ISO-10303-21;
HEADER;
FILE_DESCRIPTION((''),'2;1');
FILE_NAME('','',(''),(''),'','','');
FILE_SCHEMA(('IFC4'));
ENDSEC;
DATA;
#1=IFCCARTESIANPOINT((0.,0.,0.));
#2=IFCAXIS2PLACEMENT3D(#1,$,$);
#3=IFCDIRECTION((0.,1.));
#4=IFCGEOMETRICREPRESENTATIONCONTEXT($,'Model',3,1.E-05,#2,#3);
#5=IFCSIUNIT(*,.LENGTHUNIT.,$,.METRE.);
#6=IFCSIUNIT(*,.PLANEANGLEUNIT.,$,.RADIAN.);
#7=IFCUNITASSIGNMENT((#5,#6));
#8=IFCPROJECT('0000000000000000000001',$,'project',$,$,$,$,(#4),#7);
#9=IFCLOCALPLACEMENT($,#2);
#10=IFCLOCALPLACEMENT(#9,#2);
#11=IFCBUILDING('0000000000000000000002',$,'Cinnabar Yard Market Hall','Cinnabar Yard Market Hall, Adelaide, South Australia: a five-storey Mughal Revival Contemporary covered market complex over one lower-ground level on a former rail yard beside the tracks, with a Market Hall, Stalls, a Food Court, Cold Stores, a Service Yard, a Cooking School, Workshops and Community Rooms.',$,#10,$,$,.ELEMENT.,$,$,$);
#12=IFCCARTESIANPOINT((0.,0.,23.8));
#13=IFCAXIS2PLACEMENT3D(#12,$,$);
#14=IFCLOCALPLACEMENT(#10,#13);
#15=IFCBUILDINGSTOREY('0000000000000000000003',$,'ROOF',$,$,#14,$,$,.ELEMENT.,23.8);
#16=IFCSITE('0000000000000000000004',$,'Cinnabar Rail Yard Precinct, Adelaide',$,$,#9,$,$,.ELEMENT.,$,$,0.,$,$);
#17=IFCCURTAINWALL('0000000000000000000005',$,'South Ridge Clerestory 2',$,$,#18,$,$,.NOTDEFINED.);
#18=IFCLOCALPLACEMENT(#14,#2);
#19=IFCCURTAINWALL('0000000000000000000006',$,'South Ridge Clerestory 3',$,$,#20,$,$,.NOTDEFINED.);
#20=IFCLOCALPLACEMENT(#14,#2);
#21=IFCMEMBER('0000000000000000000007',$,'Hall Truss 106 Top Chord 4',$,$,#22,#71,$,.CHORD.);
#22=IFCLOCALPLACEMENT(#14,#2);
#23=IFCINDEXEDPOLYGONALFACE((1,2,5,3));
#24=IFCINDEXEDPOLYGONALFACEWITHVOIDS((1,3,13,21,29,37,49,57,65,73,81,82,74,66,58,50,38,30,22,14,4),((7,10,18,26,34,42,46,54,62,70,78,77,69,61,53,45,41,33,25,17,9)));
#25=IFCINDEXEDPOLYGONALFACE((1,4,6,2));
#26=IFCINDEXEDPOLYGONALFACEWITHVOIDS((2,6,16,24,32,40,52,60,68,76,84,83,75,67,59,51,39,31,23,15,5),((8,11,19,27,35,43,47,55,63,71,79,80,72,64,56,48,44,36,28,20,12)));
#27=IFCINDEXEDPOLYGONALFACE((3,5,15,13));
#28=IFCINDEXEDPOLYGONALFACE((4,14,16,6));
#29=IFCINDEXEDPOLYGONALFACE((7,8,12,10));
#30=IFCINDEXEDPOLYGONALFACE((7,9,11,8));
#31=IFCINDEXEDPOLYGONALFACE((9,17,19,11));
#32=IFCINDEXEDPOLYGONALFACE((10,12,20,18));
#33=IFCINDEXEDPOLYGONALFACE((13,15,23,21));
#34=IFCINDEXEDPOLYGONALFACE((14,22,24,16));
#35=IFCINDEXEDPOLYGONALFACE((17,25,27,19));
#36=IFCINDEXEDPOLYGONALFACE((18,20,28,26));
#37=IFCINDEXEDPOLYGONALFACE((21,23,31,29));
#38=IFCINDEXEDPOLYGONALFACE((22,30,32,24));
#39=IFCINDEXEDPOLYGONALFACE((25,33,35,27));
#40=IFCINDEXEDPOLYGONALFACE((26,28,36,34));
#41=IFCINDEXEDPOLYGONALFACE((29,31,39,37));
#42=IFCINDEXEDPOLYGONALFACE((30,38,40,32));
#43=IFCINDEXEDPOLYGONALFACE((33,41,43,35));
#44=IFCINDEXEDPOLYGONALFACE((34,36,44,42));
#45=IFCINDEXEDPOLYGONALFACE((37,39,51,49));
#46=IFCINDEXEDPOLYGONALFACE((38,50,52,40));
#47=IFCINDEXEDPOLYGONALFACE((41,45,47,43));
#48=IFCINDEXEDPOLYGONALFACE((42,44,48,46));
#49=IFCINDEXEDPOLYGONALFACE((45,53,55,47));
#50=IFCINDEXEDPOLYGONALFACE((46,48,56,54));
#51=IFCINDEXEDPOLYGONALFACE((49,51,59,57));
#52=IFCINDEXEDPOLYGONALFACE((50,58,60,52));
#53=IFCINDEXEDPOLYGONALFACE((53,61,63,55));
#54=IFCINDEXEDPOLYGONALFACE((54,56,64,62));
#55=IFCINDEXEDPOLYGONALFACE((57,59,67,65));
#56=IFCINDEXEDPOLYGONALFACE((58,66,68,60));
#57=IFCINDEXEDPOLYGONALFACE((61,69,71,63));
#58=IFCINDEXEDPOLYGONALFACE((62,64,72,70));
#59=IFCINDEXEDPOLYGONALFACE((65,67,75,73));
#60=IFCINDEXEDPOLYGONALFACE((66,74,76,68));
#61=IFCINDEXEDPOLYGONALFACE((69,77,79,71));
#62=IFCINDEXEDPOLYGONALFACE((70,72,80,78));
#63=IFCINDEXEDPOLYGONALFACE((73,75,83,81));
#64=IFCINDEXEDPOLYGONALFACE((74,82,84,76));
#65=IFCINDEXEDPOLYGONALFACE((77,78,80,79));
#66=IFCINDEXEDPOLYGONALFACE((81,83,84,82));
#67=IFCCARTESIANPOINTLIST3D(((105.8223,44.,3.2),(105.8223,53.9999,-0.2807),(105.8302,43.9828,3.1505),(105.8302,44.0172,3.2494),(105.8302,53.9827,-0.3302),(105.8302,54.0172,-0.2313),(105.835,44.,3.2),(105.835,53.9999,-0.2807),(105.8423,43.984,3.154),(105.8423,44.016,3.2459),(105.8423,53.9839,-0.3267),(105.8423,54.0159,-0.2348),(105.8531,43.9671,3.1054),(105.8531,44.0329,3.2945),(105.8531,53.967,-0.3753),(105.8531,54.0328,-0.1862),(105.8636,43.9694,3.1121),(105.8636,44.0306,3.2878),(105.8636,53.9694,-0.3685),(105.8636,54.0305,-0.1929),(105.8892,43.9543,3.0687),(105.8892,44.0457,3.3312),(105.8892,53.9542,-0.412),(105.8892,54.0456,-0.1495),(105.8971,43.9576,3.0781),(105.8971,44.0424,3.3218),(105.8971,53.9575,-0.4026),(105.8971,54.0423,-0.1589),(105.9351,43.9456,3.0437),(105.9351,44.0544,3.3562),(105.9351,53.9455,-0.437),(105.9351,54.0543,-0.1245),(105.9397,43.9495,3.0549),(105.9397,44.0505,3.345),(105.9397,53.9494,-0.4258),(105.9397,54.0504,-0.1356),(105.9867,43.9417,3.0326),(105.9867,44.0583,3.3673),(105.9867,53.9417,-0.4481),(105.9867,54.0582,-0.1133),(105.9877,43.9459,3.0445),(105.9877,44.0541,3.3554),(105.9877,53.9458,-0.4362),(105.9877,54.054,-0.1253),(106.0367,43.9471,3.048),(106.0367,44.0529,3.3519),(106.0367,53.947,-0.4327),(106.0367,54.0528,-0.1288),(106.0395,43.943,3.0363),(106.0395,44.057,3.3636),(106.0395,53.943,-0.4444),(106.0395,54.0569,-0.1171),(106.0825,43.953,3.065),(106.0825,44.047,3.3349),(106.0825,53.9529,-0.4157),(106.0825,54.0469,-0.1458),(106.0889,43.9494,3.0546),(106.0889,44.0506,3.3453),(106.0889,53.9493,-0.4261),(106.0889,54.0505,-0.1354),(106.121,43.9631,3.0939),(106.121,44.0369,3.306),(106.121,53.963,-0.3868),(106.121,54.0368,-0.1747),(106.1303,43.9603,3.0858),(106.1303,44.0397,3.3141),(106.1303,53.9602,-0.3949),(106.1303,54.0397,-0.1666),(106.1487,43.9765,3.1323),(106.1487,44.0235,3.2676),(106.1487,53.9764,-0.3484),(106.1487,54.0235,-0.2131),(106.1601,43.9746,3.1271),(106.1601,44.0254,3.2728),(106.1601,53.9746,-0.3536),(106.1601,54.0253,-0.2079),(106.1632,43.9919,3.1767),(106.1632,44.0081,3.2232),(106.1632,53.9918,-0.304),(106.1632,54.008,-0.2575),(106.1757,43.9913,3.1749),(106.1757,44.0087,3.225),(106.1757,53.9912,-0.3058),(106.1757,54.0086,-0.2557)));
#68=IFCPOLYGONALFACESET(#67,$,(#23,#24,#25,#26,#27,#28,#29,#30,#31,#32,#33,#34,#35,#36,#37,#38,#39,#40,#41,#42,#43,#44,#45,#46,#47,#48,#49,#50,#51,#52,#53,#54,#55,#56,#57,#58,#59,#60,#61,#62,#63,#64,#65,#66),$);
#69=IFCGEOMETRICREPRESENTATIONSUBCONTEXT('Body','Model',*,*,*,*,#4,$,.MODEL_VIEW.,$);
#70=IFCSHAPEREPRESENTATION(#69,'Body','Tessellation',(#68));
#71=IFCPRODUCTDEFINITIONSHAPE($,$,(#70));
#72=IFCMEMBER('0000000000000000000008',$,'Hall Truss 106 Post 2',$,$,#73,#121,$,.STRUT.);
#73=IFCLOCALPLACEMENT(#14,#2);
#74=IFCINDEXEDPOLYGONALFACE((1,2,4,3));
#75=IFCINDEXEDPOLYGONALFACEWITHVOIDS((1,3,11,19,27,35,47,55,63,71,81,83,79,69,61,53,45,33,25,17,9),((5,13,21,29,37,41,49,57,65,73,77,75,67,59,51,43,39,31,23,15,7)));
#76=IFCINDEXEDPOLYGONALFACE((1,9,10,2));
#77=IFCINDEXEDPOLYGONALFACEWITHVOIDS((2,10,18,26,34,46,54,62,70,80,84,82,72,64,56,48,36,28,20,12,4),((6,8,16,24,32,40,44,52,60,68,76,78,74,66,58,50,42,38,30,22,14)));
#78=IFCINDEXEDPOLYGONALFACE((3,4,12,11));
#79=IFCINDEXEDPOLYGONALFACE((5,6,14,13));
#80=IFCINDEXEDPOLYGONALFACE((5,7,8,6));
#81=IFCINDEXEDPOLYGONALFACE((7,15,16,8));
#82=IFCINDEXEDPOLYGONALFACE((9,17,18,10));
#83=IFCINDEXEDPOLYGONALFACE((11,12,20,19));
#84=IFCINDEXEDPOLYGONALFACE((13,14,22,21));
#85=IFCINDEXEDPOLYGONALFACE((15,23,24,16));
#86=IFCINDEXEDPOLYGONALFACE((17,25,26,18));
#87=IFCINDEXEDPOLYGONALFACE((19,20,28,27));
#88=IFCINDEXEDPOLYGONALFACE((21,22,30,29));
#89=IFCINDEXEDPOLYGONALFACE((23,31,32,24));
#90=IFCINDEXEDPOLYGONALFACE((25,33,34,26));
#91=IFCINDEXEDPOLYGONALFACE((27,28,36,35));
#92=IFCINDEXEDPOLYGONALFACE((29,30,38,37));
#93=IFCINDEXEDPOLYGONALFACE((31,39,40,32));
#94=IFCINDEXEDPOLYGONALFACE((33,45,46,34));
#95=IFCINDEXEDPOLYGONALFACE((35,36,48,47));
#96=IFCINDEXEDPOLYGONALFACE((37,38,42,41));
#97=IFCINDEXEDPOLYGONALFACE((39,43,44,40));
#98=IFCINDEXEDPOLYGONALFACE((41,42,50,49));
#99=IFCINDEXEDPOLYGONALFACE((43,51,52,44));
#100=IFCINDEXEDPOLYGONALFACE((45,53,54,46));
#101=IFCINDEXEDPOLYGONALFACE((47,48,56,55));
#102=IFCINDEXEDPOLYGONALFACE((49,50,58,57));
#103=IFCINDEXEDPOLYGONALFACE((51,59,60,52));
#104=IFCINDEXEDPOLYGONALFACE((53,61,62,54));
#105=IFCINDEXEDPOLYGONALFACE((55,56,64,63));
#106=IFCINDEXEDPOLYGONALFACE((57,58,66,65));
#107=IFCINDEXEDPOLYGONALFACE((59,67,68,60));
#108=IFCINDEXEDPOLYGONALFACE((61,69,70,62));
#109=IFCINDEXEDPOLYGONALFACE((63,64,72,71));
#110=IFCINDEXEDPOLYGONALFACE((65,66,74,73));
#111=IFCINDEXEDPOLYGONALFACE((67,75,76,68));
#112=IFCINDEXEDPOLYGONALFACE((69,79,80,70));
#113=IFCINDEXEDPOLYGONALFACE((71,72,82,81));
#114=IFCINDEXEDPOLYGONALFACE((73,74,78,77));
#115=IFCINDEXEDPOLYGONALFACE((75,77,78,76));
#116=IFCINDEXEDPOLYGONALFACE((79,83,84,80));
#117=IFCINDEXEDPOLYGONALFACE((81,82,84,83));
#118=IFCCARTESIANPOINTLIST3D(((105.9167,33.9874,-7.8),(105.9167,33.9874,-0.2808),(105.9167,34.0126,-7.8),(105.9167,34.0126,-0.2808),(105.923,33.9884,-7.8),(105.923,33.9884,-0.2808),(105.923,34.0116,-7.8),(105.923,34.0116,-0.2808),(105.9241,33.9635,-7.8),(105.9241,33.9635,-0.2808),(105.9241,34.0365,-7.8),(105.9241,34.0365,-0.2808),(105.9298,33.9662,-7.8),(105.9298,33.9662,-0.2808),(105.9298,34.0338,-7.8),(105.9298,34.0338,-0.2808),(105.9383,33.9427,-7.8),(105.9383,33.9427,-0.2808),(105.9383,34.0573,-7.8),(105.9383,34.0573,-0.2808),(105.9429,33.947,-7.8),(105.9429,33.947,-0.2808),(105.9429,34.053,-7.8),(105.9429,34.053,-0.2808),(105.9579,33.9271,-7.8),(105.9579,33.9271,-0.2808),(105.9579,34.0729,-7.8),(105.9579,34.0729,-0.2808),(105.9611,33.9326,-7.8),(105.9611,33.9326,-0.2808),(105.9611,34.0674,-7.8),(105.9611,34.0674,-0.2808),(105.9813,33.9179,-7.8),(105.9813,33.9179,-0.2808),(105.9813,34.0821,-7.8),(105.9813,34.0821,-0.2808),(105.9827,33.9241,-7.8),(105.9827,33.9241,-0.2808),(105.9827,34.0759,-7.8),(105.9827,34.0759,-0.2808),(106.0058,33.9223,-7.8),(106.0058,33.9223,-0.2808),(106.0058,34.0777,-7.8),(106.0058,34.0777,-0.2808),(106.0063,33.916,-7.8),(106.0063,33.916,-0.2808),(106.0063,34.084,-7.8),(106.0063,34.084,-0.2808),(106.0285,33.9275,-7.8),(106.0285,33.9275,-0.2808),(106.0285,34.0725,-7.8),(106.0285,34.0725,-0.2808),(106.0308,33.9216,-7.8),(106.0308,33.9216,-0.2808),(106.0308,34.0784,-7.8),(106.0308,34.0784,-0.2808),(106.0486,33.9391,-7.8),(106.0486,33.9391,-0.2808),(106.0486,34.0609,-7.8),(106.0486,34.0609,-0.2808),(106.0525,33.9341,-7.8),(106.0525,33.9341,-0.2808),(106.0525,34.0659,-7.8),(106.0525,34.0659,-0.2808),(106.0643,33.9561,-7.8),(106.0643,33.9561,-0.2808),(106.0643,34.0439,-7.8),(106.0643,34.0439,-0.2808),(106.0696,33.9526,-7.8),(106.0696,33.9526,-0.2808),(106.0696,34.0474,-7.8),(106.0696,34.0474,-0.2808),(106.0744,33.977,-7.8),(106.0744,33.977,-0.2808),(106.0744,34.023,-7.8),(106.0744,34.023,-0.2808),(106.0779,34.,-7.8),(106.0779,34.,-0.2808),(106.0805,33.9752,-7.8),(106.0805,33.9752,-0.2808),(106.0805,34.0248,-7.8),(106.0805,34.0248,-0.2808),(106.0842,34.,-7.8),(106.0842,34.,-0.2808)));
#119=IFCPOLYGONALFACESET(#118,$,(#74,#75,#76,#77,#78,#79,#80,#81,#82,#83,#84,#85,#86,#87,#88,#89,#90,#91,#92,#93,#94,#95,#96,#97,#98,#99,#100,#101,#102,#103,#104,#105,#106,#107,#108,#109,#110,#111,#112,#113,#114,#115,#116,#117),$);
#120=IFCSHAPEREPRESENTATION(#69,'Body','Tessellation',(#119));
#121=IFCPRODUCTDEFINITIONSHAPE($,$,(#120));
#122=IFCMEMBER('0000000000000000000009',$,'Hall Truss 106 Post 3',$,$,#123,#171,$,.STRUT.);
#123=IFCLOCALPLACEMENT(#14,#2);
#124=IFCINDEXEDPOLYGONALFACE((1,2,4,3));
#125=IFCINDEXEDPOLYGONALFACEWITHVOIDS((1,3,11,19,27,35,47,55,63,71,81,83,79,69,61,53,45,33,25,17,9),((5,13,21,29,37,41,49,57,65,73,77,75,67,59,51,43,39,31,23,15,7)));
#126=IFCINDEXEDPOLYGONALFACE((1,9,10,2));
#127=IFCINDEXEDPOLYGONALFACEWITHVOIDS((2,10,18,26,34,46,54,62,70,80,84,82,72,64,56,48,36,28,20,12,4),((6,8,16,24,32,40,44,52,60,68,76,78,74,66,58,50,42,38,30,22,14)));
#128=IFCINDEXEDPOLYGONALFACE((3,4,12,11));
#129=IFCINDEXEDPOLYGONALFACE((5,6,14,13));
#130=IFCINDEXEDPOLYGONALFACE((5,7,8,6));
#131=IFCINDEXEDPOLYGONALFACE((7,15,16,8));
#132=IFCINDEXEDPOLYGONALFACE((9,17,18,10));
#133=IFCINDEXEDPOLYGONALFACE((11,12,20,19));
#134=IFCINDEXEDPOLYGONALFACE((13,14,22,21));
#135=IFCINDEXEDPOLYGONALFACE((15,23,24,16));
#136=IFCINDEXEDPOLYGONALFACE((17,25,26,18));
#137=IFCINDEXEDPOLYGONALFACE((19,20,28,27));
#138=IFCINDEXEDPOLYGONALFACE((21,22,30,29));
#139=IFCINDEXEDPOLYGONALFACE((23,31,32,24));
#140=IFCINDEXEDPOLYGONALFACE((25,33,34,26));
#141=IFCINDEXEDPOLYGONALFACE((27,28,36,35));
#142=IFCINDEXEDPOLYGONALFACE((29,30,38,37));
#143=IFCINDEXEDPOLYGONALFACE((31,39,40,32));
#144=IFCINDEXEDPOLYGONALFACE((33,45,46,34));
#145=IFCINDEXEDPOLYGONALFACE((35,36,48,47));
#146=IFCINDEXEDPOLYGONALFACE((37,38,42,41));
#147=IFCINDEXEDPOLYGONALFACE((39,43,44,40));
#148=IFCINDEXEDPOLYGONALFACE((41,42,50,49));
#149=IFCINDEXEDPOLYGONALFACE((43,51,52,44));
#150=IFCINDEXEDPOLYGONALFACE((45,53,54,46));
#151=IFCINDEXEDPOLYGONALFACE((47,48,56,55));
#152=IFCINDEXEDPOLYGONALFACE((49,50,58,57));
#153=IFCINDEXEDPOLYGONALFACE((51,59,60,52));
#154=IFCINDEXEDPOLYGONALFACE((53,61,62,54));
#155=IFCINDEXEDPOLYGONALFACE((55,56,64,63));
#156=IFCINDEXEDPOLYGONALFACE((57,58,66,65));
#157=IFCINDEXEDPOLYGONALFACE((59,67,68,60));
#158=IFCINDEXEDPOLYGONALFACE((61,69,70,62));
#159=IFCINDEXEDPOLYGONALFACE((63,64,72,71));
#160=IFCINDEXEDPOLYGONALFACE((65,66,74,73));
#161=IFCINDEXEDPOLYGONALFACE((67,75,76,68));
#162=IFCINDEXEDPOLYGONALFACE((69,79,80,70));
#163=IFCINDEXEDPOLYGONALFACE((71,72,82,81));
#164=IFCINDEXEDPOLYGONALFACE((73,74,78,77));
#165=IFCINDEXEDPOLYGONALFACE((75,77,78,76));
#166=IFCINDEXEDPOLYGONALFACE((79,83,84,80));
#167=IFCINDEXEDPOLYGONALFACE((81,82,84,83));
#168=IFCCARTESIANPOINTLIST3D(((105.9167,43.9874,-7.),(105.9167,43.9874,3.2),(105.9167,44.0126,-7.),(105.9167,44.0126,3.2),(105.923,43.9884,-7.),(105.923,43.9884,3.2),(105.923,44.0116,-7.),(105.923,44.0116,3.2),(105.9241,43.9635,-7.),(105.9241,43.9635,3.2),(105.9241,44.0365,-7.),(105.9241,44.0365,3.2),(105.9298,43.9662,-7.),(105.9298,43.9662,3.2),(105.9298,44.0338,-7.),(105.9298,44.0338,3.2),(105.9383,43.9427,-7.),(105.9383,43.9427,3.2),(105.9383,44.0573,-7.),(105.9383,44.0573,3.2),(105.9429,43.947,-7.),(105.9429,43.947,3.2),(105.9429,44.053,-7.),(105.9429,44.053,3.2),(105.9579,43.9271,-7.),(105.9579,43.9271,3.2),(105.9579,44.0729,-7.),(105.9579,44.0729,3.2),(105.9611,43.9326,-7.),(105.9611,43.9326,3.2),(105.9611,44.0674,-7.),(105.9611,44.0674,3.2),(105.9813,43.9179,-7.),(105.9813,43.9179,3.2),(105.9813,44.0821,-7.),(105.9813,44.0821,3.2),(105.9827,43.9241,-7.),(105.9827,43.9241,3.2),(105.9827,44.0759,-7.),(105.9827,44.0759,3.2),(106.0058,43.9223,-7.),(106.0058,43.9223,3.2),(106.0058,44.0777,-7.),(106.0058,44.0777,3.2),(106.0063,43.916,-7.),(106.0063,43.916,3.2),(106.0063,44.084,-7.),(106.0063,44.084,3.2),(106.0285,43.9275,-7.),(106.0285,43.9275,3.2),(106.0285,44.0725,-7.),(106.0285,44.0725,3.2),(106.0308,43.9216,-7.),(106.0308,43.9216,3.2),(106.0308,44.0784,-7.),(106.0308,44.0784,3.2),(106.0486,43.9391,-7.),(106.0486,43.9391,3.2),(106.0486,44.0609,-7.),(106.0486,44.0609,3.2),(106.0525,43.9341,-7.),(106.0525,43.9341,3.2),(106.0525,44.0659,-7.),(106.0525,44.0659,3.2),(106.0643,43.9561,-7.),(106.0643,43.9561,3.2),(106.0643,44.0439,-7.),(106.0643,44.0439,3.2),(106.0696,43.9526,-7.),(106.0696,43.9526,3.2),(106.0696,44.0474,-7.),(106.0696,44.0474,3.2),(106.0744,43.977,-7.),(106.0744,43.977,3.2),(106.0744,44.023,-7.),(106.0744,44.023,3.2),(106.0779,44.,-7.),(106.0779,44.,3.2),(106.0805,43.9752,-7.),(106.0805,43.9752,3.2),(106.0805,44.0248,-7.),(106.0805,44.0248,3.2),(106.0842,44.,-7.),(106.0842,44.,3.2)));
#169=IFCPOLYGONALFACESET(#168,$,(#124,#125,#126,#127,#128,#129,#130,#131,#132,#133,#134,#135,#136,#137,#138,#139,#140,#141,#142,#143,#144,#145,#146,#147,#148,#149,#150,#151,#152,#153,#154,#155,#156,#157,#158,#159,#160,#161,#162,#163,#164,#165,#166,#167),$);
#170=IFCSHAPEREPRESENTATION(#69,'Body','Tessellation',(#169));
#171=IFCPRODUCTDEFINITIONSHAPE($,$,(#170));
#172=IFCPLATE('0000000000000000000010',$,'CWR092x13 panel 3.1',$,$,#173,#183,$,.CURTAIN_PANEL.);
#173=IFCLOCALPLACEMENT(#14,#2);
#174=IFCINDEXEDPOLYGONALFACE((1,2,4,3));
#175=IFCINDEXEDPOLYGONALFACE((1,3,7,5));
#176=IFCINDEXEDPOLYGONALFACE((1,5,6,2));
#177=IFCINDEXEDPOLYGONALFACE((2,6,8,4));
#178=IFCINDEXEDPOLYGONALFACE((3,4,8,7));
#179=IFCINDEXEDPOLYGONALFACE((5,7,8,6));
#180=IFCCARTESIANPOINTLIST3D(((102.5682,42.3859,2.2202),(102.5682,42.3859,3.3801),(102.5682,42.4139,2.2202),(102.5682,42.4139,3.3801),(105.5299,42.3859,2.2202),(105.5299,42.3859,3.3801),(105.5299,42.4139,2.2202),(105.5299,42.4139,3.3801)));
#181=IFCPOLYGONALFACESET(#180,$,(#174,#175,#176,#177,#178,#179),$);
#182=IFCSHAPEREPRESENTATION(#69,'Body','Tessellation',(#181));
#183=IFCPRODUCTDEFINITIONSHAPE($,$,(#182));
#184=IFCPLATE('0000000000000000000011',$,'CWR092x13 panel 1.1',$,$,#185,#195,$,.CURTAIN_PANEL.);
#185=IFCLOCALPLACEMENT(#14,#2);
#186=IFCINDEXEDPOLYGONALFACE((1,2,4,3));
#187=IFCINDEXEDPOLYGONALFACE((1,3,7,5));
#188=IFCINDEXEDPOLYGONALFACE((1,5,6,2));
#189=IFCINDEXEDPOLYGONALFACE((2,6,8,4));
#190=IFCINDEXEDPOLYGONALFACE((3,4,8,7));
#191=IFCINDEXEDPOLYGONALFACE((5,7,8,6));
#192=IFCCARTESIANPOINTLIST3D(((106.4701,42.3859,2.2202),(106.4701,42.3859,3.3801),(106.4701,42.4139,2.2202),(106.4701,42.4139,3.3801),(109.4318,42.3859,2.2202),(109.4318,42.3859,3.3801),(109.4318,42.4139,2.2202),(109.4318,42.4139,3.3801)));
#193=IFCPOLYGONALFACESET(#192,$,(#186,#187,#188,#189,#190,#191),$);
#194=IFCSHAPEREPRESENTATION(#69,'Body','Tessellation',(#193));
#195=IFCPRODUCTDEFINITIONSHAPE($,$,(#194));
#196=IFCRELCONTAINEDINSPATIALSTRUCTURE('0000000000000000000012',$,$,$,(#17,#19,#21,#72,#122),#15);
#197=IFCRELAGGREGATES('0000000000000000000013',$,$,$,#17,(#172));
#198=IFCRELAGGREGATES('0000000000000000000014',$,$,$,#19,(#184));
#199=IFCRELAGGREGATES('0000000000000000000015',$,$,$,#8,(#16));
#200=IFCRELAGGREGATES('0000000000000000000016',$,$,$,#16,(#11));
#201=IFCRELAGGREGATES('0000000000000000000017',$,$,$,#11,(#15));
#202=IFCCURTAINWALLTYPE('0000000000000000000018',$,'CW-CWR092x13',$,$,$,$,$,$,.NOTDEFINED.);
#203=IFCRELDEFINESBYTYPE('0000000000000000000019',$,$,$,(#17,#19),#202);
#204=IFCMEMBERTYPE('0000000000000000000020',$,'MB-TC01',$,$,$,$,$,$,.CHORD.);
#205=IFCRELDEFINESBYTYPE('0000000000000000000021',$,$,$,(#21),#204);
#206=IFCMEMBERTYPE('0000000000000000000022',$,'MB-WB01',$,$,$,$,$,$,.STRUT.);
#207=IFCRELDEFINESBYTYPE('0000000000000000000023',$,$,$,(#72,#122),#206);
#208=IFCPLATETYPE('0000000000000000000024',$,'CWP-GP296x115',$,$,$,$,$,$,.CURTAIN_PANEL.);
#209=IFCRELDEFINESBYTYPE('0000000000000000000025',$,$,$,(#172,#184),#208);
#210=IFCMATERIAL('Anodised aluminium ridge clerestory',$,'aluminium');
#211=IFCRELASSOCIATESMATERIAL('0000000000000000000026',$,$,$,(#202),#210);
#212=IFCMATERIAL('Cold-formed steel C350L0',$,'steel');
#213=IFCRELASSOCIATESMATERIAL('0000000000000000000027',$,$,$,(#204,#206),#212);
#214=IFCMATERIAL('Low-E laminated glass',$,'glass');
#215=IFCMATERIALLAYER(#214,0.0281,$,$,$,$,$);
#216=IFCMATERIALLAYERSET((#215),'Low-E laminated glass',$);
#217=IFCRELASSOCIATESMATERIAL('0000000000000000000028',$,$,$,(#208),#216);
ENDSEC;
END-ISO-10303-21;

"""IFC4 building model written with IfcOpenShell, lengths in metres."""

from ifc_helpers import new_model, si_unit, direction, frame, origin, origin_2d_with_axis, place, context, subcontext, project, spatial, rectangle, hollow_circle, extrude, material, layer, layer_set, material_profile, profile_set, type_object, element, aggregate, save


model = new_model("IFC4")

# Units and contexts
model_context = context("Model", 3, precision=1e-05, world=origin(), true_north=direction((0.0, 1.0)))
body_context = subcontext(model_context, "Body", "Model", "MODEL_VIEW")
ifc_project = project(units=[si_unit("LENGTHUNIT", "METRE"), si_unit("PLANEANGLEUNIT", "RADIAN")], contexts=[model_context])

# Site, building, storey
site_placement = place(None, origin())
site = spatial("IfcSite", under=ifc_project, at=site_placement, Name="Cinnabar Rail Yard Precinct, Adelaide", CompositionType="ELEMENT", RefElevation=0.0)
building_placement = place(site_placement, origin())
building = spatial("IfcBuilding", under=site, at=building_placement, Name="Cinnabar Yard Market Hall", Description="Cinnabar Yard Market Hall, Adelaide, South Australia: a five-storey Mughal Revival Contemporary covered market complex over one lower-ground level on a former rail yard beside the tracks, with a Market Hall, Stalls, a Food Court, Cold Stores, a Service Yard, a Cooking School, Workshops and Community Rooms.", CompositionType="ELEMENT")
storey_placement = place(building_placement, frame((0.0, 0.0, 23.8)))
storey = spatial("IfcBuildingStorey", under=building, at=storey_placement, Name="ROOF", CompositionType="ELEMENT", Elevation=23.8)

# Curtain wall
ifc_material_1 = material(Name="Anodised aluminium ridge clerestory", Category="aluminium")
curtain_wall_type = type_object("IfcCurtainWallType", Name="CW-CWR092x13", PredefinedType="NOTDEFINED", material=ifc_material_1)
curtain_wall_1_placement = place(storey_placement, origin())
curtain_wall_1 = element("IfcCurtainWall", 1, at=curtain_wall_1_placement, inside=storey, type_object=curtain_wall_type, Name="South Ridge Clerestory 2", PredefinedType="NOTDEFINED")

# Curtain wall
curtain_wall_2_placement = place(storey_placement, origin())
curtain_wall_2 = element("IfcCurtainWall", 2, at=curtain_wall_2_placement, inside=storey, type_object=curtain_wall_type, Name="South Ridge Clerestory 3", PredefinedType="NOTDEFINED")

# Members
ifc_material_2 = material(Name="Cold-formed steel C350L0", Category="steel")
ifc_material_profile_1 = material_profile(ifc_material_2, hollow_circle(Radius=0.1777, WallThickness=0.0127, at=origin_2d_with_axis()), Name="355.6x12.7CHS")
ifc_profile_set_1 = profile_set([ifc_material_profile_1], Name="Cold-formed steel C350L0")
member_type_1 = type_object("IfcMemberType", Name="MB-TC01", PredefinedType="CHORD", material=ifc_profile_set_1)
for number, where, z_axis, x_axis, name in (
    (3, (106.0, 44.0, 3.2), (0.0, 0.944425, -0.328727), (-1.0, 0.0, 0.0), "Hall Truss 106 Top Chord 4"),
):
    element("IfcMember", number, at=place(storey_placement, frame(where, z_axis=z_axis, x_axis=x_axis)), inside=storey, type_object=member_type_1, Name=name, PredefinedType="CHORD", context=body_context, shape_type="SweptSolid", body=[
        extrude(hollow_circle(Radius=0.1777, WallThickness=0.0127, at=origin_2d_with_axis()), origin(), (0.0, 0.0, 1.0), 10.5884),
    ])
ifc_material_profile_2 = material_profile(ifc_material_2, hollow_circle(Radius=0.0842, WallThickness=0.0063, at=origin_2d_with_axis()), Name="168.3x6.4CHS")
ifc_profile_set_2 = profile_set([ifc_material_profile_2], Name="Cold-formed steel C350L0")
member_type_2 = type_object("IfcMemberType", Name="MB-WB01", PredefinedType="STRUT", material=ifc_profile_set_2)
member_1_placement = place(storey_placement, frame((106.0, 34.0, -7.8), z_axis=(0.0, 0.0, 1.0), x_axis=(1.0, 0.0, 0.0)))
element("IfcMember", 4, at=member_1_placement, inside=storey, type_object=member_type_2, Name="Hall Truss 106 Post 2", PredefinedType="STRUT", context=body_context, shape_type="SweptSolid", body=[
    extrude(hollow_circle(Radius=0.0842, WallThickness=0.0063, at=origin_2d_with_axis()), origin(), (0.0, 0.0, 1.0), 7.5193),
])
member_2_placement = place(storey_placement, frame((106.0, 44.0, -7.0), z_axis=(0.0, 0.0, 1.0), x_axis=(1.0, 0.0, 0.0)))
element("IfcMember", 5, at=member_2_placement, inside=storey, type_object=member_type_2, Name="Hall Truss 106 Post 3", PredefinedType="STRUT", context=body_context, shape_type="SweptSolid", body=[
    extrude(hollow_circle(Radius=0.0842, WallThickness=0.0063, at=origin_2d_with_axis()), origin(), (0.0, 0.0, 1.0), 10.2),
])

# Plates
ifc_material_3 = material(Name="Low-E laminated glass", Category="glass")
ifc_layer_1 = layer(ifc_material_3, 0.0281)
ifc_layer_set_1 = layer_set([ifc_layer_1], Name="Low-E laminated glass")
plate_type_1 = type_object("IfcPlateType", Name="CWP-GP296x115", PredefinedType="CURTAIN_PANEL", material=ifc_layer_set_1)
plate_1_placement = place(storey_placement, frame((104.0491, 42.3999, 2.2202), z_axis=(0.0, 0.0, 1.0), x_axis=(1.0, 0.0, 0.0)))
plate_1 = element("IfcPlate", 6, at=plate_1_placement, type_object=plate_type_1, Name="CWR092x13 panel 3.1", PredefinedType="CURTAIN_PANEL", context=body_context, shape_type="SweptSolid", body=[
    extrude(rectangle(XDim=2.9617, YDim=0.0281, at=origin_2d_with_axis()), origin(), (0.0, 0.0, 1.0), 1.1599),
])
aggregate(curtain_wall_1, [plate_1])
plate_2_placement = place(storey_placement, frame((107.9509, 42.3999, 2.2202), z_axis=(0.0, 0.0, 1.0), x_axis=(1.0, 0.0, 0.0)))
plate_2 = element("IfcPlate", 7, at=plate_2_placement, type_object=plate_type_1, Name="CWR092x13 panel 1.1", PredefinedType="CURTAIN_PANEL", context=body_context, shape_type="SweptSolid", body=[
    extrude(rectangle(XDim=2.9617, YDim=0.0281, at=origin_2d_with_axis()), origin(), (0.0, 0.0, 1.0), 1.1599),
])
aggregate(curtain_wall_2, [plate_2])

save(model, "model.ifc")
